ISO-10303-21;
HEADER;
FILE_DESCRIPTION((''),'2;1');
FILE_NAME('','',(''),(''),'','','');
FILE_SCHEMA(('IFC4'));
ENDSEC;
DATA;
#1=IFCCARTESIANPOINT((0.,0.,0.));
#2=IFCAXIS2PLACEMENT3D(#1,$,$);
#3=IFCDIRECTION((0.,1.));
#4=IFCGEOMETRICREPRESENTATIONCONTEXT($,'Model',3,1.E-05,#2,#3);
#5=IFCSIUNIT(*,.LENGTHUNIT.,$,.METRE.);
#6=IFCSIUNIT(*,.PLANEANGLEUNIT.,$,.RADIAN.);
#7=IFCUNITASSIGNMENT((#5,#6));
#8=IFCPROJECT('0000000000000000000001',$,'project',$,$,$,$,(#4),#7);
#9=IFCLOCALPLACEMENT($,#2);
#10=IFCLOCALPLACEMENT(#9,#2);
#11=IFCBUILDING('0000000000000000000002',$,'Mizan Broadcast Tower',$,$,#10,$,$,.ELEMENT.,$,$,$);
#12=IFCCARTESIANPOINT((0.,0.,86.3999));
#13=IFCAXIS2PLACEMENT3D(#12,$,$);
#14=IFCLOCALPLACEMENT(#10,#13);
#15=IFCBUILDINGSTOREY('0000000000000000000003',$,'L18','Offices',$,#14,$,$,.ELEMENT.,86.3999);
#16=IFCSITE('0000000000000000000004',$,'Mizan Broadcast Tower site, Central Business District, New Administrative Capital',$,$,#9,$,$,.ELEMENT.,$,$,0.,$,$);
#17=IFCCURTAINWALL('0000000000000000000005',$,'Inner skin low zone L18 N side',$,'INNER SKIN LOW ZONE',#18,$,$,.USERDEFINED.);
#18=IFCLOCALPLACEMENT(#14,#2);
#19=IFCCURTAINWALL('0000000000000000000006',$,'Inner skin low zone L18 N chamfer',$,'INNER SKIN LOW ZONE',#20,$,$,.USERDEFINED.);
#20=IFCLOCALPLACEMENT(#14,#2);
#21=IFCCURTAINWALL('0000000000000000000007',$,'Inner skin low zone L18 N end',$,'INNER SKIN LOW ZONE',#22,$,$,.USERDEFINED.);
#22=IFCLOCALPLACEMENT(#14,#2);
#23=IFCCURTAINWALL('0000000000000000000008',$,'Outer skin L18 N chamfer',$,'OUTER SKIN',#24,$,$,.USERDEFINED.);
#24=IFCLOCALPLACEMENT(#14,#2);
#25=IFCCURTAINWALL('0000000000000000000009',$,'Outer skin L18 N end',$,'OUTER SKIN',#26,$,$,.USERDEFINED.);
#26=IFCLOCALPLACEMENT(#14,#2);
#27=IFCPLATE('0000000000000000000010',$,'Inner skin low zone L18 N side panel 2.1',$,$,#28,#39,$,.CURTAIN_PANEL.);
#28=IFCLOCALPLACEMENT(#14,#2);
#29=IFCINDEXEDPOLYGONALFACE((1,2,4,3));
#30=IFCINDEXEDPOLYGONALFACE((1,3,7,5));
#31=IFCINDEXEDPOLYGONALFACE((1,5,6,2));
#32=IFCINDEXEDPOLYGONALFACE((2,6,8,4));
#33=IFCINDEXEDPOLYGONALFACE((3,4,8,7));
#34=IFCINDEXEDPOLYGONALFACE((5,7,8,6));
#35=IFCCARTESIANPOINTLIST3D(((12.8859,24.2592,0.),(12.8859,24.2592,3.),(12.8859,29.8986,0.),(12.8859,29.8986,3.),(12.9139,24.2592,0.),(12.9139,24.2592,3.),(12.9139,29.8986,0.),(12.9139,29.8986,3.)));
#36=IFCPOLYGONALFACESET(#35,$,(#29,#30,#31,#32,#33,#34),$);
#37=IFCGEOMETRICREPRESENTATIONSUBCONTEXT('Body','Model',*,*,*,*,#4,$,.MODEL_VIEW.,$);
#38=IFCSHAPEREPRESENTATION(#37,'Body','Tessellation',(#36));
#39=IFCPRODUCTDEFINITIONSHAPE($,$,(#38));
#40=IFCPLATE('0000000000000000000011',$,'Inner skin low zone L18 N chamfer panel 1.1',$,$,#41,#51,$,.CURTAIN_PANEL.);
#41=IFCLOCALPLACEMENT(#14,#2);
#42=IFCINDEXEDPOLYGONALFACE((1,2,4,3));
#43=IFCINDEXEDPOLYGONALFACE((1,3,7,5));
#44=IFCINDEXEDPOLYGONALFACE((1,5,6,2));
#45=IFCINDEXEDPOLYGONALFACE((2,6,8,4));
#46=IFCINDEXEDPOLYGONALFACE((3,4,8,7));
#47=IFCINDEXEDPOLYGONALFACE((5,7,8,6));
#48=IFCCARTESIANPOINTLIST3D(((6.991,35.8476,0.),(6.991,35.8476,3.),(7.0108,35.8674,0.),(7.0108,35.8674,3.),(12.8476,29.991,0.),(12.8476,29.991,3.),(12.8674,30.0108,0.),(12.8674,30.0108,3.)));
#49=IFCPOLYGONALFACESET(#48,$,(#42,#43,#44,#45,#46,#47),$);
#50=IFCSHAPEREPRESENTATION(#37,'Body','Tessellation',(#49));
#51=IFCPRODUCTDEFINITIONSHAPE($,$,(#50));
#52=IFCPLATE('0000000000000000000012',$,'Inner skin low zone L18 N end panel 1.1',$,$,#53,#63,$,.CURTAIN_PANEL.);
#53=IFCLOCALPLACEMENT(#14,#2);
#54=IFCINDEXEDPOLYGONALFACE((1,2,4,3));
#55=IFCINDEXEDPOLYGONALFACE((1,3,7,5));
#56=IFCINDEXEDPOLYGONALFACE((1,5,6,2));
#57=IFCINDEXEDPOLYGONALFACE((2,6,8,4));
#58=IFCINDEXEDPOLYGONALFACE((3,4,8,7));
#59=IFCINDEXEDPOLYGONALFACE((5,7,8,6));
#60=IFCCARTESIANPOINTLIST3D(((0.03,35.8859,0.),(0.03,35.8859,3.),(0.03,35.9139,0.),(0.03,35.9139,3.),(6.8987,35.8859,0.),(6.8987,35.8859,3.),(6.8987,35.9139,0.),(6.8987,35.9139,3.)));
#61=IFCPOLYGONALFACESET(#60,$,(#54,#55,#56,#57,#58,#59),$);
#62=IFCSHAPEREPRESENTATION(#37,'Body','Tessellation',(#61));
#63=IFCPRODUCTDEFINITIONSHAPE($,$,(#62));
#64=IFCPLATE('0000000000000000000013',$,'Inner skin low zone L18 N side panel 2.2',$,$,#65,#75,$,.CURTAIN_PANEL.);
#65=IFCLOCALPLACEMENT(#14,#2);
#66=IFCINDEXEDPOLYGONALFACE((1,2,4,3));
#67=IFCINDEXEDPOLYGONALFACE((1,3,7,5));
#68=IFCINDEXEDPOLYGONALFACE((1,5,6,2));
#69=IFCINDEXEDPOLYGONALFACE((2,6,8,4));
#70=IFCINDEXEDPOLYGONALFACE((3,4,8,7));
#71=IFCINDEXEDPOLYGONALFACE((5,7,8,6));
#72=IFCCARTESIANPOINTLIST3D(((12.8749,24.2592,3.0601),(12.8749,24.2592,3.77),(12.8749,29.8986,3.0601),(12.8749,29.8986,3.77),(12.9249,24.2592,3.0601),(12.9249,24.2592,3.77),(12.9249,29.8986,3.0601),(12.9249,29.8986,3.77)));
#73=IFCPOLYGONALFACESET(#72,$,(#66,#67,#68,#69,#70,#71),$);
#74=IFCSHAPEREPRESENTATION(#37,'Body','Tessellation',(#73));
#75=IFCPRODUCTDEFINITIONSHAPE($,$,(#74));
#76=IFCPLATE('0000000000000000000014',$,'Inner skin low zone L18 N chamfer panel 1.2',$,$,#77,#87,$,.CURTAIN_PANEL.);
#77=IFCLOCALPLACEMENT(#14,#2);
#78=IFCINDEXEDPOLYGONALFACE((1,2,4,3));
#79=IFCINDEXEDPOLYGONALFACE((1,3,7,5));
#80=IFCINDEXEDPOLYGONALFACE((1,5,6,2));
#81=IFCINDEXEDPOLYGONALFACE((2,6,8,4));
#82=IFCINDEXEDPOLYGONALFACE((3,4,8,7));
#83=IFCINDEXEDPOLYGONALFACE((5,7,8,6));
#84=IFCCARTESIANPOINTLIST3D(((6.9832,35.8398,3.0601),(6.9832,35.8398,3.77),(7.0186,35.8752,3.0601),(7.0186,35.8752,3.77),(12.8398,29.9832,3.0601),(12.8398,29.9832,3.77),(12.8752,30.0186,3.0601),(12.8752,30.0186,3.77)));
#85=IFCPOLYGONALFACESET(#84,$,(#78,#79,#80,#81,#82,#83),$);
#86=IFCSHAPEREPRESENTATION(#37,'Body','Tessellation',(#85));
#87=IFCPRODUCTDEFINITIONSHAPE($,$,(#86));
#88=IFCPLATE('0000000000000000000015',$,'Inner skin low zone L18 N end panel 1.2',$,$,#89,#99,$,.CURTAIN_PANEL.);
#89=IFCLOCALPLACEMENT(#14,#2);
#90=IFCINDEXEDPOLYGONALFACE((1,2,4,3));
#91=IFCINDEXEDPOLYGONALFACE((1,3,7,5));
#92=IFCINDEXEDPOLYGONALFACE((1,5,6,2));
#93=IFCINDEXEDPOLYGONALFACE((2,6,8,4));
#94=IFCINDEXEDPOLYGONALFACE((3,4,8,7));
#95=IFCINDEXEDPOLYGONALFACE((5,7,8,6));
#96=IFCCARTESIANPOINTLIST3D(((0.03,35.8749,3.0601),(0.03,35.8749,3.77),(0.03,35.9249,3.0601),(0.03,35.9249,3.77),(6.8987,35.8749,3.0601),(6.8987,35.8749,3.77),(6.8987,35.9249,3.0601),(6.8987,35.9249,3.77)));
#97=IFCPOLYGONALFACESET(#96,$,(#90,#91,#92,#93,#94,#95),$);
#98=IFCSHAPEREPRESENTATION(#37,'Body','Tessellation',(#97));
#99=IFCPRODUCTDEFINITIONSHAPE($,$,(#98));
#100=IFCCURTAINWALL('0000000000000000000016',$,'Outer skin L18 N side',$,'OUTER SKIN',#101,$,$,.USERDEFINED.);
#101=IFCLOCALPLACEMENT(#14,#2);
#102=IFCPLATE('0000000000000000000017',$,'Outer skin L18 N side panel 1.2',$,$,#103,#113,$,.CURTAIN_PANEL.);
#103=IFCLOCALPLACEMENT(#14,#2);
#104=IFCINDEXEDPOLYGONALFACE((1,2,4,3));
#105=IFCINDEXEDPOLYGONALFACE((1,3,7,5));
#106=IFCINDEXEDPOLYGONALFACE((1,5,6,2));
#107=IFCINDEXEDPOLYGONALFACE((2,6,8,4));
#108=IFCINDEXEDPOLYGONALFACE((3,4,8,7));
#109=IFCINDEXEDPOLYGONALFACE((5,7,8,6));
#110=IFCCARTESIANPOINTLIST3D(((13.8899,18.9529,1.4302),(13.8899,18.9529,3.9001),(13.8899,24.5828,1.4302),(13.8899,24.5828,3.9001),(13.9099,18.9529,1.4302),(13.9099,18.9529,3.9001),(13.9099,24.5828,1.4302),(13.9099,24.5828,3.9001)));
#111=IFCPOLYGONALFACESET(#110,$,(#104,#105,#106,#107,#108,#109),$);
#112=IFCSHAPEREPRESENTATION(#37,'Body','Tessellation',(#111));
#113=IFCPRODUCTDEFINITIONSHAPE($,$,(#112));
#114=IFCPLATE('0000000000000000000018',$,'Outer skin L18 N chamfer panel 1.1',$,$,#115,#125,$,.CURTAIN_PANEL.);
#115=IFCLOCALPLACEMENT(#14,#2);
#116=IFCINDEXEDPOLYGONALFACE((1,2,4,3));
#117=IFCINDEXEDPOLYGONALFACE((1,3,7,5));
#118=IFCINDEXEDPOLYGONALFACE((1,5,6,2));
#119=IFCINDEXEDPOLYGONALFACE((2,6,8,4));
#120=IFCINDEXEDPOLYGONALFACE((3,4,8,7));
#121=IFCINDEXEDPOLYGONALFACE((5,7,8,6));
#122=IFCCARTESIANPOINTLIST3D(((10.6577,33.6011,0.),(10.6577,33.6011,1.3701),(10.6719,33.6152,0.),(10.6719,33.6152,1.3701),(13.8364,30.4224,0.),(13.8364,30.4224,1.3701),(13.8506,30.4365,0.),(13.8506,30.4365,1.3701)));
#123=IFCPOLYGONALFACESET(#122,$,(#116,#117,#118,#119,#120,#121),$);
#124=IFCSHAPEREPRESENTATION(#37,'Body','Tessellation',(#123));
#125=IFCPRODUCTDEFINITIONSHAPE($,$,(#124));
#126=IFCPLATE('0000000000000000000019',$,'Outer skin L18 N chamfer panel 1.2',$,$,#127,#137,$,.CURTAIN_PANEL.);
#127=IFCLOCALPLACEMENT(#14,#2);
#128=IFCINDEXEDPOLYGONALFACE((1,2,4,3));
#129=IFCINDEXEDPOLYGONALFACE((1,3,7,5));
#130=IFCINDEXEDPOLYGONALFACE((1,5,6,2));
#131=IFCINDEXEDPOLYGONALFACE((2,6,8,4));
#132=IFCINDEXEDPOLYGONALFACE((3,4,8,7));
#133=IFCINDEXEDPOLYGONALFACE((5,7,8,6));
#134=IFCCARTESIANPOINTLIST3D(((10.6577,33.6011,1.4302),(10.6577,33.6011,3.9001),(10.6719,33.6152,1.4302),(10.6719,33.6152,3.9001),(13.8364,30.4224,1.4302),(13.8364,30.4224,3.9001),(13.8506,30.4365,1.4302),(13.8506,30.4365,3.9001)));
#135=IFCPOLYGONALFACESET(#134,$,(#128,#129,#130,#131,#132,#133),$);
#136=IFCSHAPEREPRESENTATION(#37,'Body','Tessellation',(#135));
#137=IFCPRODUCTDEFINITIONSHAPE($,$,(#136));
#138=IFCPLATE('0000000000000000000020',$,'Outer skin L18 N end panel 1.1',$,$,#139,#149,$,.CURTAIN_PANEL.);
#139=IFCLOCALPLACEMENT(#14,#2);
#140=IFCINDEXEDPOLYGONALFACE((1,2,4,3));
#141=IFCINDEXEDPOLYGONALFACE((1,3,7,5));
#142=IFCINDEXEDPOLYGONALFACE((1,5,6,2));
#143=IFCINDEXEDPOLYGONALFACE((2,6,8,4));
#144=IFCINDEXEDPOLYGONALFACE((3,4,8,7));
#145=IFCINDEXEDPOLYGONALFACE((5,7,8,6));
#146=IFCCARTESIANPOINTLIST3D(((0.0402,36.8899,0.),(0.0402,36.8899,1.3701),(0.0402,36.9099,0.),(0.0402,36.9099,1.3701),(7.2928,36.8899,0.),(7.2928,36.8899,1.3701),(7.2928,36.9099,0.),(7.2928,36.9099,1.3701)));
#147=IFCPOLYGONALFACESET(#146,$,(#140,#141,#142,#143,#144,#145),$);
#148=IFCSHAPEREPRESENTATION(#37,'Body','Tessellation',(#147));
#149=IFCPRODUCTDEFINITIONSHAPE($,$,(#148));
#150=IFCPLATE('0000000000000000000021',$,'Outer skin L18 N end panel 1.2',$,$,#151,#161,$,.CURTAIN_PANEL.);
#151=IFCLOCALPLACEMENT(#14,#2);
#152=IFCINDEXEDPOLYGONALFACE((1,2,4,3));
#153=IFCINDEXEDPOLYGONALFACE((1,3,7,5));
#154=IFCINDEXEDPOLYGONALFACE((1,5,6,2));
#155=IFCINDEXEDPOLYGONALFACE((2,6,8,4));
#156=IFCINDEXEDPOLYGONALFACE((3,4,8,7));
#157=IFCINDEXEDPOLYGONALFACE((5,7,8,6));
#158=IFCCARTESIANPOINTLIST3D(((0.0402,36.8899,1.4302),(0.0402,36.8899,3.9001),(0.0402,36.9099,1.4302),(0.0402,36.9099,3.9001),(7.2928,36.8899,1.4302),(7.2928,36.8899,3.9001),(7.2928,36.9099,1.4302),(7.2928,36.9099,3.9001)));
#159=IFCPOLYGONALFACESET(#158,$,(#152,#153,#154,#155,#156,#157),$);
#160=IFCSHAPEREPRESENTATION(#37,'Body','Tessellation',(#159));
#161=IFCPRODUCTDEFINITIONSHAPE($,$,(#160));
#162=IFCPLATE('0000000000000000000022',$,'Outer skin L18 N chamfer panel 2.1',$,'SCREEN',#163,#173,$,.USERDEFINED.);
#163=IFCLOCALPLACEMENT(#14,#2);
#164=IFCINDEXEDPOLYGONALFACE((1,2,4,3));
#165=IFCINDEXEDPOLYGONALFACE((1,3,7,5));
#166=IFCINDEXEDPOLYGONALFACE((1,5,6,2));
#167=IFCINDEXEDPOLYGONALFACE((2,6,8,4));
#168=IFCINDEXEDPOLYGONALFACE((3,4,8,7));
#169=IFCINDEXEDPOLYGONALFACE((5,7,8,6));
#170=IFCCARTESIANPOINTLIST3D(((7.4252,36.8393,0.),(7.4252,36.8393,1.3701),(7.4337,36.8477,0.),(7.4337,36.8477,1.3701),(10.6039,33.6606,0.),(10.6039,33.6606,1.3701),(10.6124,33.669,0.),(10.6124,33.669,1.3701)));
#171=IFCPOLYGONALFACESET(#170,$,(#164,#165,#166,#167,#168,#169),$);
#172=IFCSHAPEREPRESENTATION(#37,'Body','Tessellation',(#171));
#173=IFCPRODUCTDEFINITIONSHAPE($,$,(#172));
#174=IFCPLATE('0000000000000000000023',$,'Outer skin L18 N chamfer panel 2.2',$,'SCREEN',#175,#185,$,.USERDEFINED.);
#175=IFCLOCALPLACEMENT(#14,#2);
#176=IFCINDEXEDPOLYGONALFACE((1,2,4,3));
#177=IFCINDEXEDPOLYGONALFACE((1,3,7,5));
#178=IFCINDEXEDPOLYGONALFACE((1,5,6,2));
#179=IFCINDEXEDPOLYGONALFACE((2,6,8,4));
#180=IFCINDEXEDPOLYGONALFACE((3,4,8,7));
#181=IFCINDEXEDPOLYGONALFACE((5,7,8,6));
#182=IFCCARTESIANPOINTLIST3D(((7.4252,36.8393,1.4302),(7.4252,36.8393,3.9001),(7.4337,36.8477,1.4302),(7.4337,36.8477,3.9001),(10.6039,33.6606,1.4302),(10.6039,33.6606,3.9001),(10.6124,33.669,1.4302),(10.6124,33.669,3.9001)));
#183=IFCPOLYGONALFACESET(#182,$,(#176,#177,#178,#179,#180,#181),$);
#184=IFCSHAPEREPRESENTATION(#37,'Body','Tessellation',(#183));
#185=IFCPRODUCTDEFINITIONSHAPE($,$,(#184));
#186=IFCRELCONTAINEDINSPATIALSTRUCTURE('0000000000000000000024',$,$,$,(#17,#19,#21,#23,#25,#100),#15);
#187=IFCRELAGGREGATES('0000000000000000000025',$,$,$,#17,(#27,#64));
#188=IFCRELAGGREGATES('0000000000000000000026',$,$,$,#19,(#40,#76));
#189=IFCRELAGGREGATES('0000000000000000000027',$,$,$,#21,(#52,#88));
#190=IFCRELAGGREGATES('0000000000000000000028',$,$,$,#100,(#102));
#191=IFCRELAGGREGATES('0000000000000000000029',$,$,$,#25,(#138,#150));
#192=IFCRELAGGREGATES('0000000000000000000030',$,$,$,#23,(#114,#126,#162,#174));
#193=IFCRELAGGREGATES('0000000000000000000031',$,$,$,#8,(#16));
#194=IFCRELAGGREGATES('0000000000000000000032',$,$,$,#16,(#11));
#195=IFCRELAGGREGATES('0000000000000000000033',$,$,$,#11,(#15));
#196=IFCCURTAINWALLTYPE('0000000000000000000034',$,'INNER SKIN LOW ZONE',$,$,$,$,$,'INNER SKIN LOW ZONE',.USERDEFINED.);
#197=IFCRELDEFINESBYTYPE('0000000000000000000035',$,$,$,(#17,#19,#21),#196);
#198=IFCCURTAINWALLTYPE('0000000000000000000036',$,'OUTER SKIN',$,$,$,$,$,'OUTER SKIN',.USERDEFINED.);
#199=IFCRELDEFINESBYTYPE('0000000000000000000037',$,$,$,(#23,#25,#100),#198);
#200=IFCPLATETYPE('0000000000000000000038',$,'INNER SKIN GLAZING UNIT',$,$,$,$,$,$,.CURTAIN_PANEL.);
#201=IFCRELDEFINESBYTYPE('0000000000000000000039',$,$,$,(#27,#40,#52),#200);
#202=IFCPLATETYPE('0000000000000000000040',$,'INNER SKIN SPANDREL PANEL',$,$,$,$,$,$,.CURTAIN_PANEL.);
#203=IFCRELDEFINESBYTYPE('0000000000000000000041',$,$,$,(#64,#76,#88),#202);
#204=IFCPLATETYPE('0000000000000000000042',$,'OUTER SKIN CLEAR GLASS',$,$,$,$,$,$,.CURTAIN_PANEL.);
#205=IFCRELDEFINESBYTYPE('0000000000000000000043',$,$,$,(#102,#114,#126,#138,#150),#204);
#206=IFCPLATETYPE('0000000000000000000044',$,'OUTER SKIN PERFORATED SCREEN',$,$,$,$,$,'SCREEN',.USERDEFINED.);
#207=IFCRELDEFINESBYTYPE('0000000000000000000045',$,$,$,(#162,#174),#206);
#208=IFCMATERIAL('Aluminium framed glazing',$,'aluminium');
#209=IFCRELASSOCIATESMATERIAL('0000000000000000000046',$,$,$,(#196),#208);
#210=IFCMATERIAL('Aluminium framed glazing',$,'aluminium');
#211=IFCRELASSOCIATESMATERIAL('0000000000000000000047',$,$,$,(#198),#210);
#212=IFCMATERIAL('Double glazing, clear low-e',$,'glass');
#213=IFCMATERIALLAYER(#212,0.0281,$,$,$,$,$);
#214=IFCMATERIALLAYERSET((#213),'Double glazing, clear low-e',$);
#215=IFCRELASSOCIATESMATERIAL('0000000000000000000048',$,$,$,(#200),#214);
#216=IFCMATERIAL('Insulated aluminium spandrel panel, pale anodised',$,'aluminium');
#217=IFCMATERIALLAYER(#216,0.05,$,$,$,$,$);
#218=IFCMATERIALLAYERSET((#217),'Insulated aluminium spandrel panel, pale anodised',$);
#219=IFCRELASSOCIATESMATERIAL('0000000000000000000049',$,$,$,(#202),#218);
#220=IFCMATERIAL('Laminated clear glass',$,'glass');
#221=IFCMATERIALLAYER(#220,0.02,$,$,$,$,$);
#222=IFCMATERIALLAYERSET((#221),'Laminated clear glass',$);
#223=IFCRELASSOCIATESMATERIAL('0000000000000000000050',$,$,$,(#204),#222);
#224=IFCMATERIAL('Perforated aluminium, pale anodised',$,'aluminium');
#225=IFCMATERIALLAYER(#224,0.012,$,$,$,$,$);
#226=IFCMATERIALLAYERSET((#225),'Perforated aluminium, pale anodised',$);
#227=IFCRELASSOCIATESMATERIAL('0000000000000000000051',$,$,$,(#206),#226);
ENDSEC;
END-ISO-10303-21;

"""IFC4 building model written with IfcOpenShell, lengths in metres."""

from ifc_helpers import new_model, si_unit, direction, frame, origin, origin_2d, place, context, subcontext, project, spatial, rectangle, extrude, material, layer, layer_set, type_object, element, aggregate, save


model = new_model("IFC4")

# Units and contexts
model_context = context("Model", 3, precision=1e-05, world=origin(), true_north=direction((0.0, 1.0)))
body_context = subcontext(model_context, "Body", "Model", "MODEL_VIEW")
ifc_project = project(units=[si_unit("LENGTHUNIT", "METRE"), si_unit("PLANEANGLEUNIT", "RADIAN")], contexts=[model_context])

# Site, building, storey
site_placement = place(None, origin())
site = spatial("IfcSite", under=ifc_project, at=site_placement, Name="Mizan Broadcast Tower site, Central Business District, New Administrative Capital", CompositionType="ELEMENT", RefElevation=0.0)
building_placement = place(site_placement, origin())
building = spatial("IfcBuilding", under=site, at=building_placement, Name="Mizan Broadcast Tower", CompositionType="ELEMENT")
storey_placement = place(building_placement, frame((0.0, 0.0, 86.3999)))
storey = spatial("IfcBuildingStorey", under=building, at=storey_placement, Name="L18", Description="Offices", CompositionType="ELEMENT", Elevation=86.3999)

# Curtain wall
ifc_material_1 = material(Name="Aluminium framed glazing", Category="aluminium")
curtain_wall_type_1 = type_object("IfcCurtainWallType", Name="INNER SKIN LOW ZONE", ElementType="INNER SKIN LOW ZONE", PredefinedType="USERDEFINED", material=ifc_material_1)
curtain_wall_1_placement = place(storey_placement, origin())
curtain_wall_1 = element("IfcCurtainWall", 1, at=curtain_wall_1_placement, inside=storey, type_object=curtain_wall_type_1, Name="Inner skin low zone L18 N side", ObjectType="INNER SKIN LOW ZONE", PredefinedType="USERDEFINED")

# Curtain walls
curtain_wall_2_placement = place(storey_placement, origin())
curtain_wall_2 = element("IfcCurtainWall", 2, at=curtain_wall_2_placement, inside=storey, type_object=curtain_wall_type_1, Name="Inner skin low zone L18 N chamfer", ObjectType="INNER SKIN LOW ZONE", PredefinedType="USERDEFINED")
curtain_wall_3_placement = place(storey_placement, origin())
curtain_wall_3 = element("IfcCurtainWall", 3, at=curtain_wall_3_placement, inside=storey, type_object=curtain_wall_type_1, Name="Inner skin low zone L18 N end", ObjectType="INNER SKIN LOW ZONE", PredefinedType="USERDEFINED")

# Curtain wall
ifc_material_2 = material(Name="Aluminium framed glazing", Category="aluminium")
curtain_wall_type_2 = type_object("IfcCurtainWallType", Name="OUTER SKIN", ElementType="OUTER SKIN", PredefinedType="USERDEFINED", material=ifc_material_2)
curtain_wall_4_placement = place(storey_placement, origin())
curtain_wall_4 = element("IfcCurtainWall", 4, at=curtain_wall_4_placement, inside=storey, type_object=curtain_wall_type_2, Name="Outer skin L18 N chamfer", ObjectType="OUTER SKIN", PredefinedType="USERDEFINED")

# Curtain wall
curtain_wall_5_placement = place(storey_placement, origin())
curtain_wall_5 = element("IfcCurtainWall", 5, at=curtain_wall_5_placement, inside=storey, type_object=curtain_wall_type_2, Name="Outer skin L18 N end", ObjectType="OUTER SKIN", PredefinedType="USERDEFINED")

# Plates
ifc_material_3 = material(Name="Double glazing, clear low-e", Category="glass")
ifc_layer_1 = layer(ifc_material_3, 0.0281)
ifc_layer_set_1 = layer_set([ifc_layer_1], Name="Double glazing, clear low-e")
plate_type_1 = type_object("IfcPlateType", Name="INNER SKIN GLAZING UNIT", PredefinedType="CURTAIN_PANEL", material=ifc_layer_set_1)
plate_1_placement = place(storey_placement, frame((12.8999, 27.0789, 0.0), z_axis=(0.0, 0.0, 1.0), x_axis=(0.0, 1.0, 0.0)))
plate_1 = element("IfcPlate", 6, at=plate_1_placement, type_object=plate_type_1, Name="Inner skin low zone L18 N side panel 2.1", PredefinedType="CURTAIN_PANEL", context=body_context, shape_type="SweptSolid", body=[
    extrude(rectangle(XDim=5.6394, YDim=0.0281, at=origin_2d()), origin(), (0.0, 0.0, 1.0), 3.0),
])
plate_2_placement = place(storey_placement, frame((9.9292, 32.9292, 0.0), z_axis=(0.0, 0.0, 1.0), x_axis=(-0.707107, 0.707107, 0.0)))
plate_2 = element("IfcPlate", 7, at=plate_2_placement, type_object=plate_type_1, Name="Inner skin low zone L18 N chamfer panel 1.1", PredefinedType="CURTAIN_PANEL", context=body_context, shape_type="SweptSolid", body=[
    extrude(rectangle(XDim=8.2825, YDim=0.0281, at=origin_2d()), origin(), (0.0, 0.0, 1.0), 3.0),
])
plate_3_placement = place(storey_placement, frame((3.4644, 35.8999, 0.0), z_axis=(0.0, 0.0, 1.0), x_axis=(-1.0, 0.0, 0.0)))
plate_3 = element("IfcPlate", 8, at=plate_3_placement, type_object=plate_type_1, Name="Inner skin low zone L18 N end panel 1.1", PredefinedType="CURTAIN_PANEL", context=body_context, shape_type="SweptSolid", body=[
    extrude(rectangle(XDim=6.8687, YDim=0.0281, at=origin_2d()), origin(), (0.0, 0.0, 1.0), 3.0),
])
ifc_material_4 = material(Name="Insulated aluminium spandrel panel, pale anodised", Category="aluminium")
ifc_layer_2 = layer(ifc_material_4, 0.05)
ifc_layer_set_2 = layer_set([ifc_layer_2], Name="Insulated aluminium spandrel panel, pale anodised")
plate_type_2 = type_object("IfcPlateType", Name="INNER SKIN SPANDREL PANEL", PredefinedType="CURTAIN_PANEL", material=ifc_layer_set_2)
plate_4_placement = place(storey_placement, frame((12.8999, 27.0789, 3.0601), z_axis=(0.0, 0.0, 1.0), x_axis=(0.0, 1.0, 0.0)))
plate_4 = element("IfcPlate", 9, at=plate_4_placement, type_object=plate_type_2, Name="Inner skin low zone L18 N side panel 2.2", PredefinedType="CURTAIN_PANEL", context=body_context, shape_type="SweptSolid", body=[
    extrude(rectangle(XDim=5.6394, YDim=0.05, at=origin_2d()), origin(), (0.0, 0.0, 1.0), 0.71),
])
aggregate(curtain_wall_1, [plate_1, plate_4])
plate_5_placement = place(storey_placement, frame((9.9292, 32.9292, 3.0601), z_axis=(0.0, 0.0, 1.0), x_axis=(-0.707107, 0.707107, 0.0)))
plate_5 = element("IfcPlate", 10, at=plate_5_placement, type_object=plate_type_2, Name="Inner skin low zone L18 N chamfer panel 1.2", PredefinedType="CURTAIN_PANEL", context=body_context, shape_type="SweptSolid", body=[
    extrude(rectangle(XDim=8.2825, YDim=0.05, at=origin_2d()), origin(), (0.0, 0.0, 1.0), 0.71),
])
aggregate(curtain_wall_2, [plate_2, plate_5])
plate_6_placement = place(storey_placement, frame((3.4644, 35.8999, 3.0601), z_axis=(0.0, 0.0, 1.0), x_axis=(-1.0, 0.0, 0.0)))
plate_6 = element("IfcPlate", 11, at=plate_6_placement, type_object=plate_type_2, Name="Inner skin low zone L18 N end panel 1.2", PredefinedType="CURTAIN_PANEL", context=body_context, shape_type="SweptSolid", body=[
    extrude(rectangle(XDim=6.8687, YDim=0.05, at=origin_2d()), origin(), (0.0, 0.0, 1.0), 0.71),
])
aggregate(curtain_wall_3, [plate_3, plate_6])

# Curtain wall, plate
curtain_wall_6_placement = place(storey_placement, origin())
curtain_wall_6 = element("IfcCurtainWall", 12, at=curtain_wall_6_placement, inside=storey, type_object=curtain_wall_type_2, Name="Outer skin L18 N side", ObjectType="OUTER SKIN", PredefinedType="USERDEFINED")
ifc_material_5 = material(Name="Laminated clear glass", Category="glass")
ifc_layer_3 = layer(ifc_material_5, 0.02)
ifc_layer_set_3 = layer_set([ifc_layer_3], Name="Laminated clear glass")
plate_type_3 = type_object("IfcPlateType", Name="OUTER SKIN CLEAR GLASS", PredefinedType="CURTAIN_PANEL", material=ifc_layer_set_3)
plate_7_placement = place(storey_placement, frame((13.8999, 21.7678, 1.4302), z_axis=(0.0, 0.0, 1.0), x_axis=(0.0, 1.0, 0.0)))
plate_7 = element("IfcPlate", 13, at=plate_7_placement, type_object=plate_type_3, Name="Outer skin L18 N side panel 1.2", PredefinedType="CURTAIN_PANEL", context=body_context, shape_type="SweptSolid", body=[
    extrude(rectangle(XDim=5.6299, YDim=0.02, at=origin_2d()), origin(), (0.0, 0.0, 1.0), 2.47),
])
aggregate(curtain_wall_6, [plate_7])

# Plates
plate_8_placement = place(storey_placement, frame((12.2542, 32.0188, 0.0), z_axis=(0.0, 0.0, 1.0), x_axis=(-0.707107, 0.707107, 0.0)))
plate_8 = element("IfcPlate", 14, at=plate_8_placement, type_object=plate_type_3, Name="Outer skin L18 N chamfer panel 1.1", PredefinedType="CURTAIN_PANEL", context=body_context, shape_type="SweptSolid", body=[
    extrude(rectangle(XDim=4.4954, YDim=0.02, at=origin_2d()), origin(), (0.0, 0.0, 1.0), 1.3701),
])
plate_9_placement = place(storey_placement, frame((12.2542, 32.0188, 1.4302), z_axis=(0.0, 0.0, 1.0), x_axis=(-0.707107, 0.707107, 0.0)))
plate_9 = element("IfcPlate", 15, at=plate_9_placement, type_object=plate_type_3, Name="Outer skin L18 N chamfer panel 1.2", PredefinedType="CURTAIN_PANEL", context=body_context, shape_type="SweptSolid", body=[
    extrude(rectangle(XDim=4.4954, YDim=0.02, at=origin_2d()), origin(), (0.0, 0.0, 1.0), 2.47),
])
plate_10_placement = place(storey_placement, frame((3.6665, 36.8999, 0.0), z_axis=(0.0, 0.0, 1.0), x_axis=(-1.0, 0.0, 0.0)))
plate_10 = element("IfcPlate", 16, at=plate_10_placement, type_object=plate_type_3, Name="Outer skin L18 N end panel 1.1", PredefinedType="CURTAIN_PANEL", context=body_context, shape_type="SweptSolid", body=[
    extrude(rectangle(XDim=7.2527, YDim=0.02, at=origin_2d()), origin(), (0.0, 0.0, 1.0), 1.3701),
])
plate_11_placement = place(storey_placement, frame((3.6665, 36.8999, 1.4302), z_axis=(0.0, 0.0, 1.0), x_axis=(-1.0, 0.0, 0.0)))
plate_11 = element("IfcPlate", 17, at=plate_11_placement, type_object=plate_type_3, Name="Outer skin L18 N end panel 1.2", PredefinedType="CURTAIN_PANEL", context=body_context, shape_type="SweptSolid", body=[
    extrude(rectangle(XDim=7.2527, YDim=0.02, at=origin_2d()), origin(), (0.0, 0.0, 1.0), 2.47),
])
aggregate(curtain_wall_5, [plate_10, plate_11])
ifc_material_6 = material(Name="Perforated aluminium, pale anodised", Category="aluminium")
ifc_layer_4 = layer(ifc_material_6, 0.012)
ifc_layer_set_4 = layer_set([ifc_layer_4], Name="Perforated aluminium, pale anodised")
plate_type_4 = type_object("IfcPlateType", Name="OUTER SKIN PERFORATED SCREEN", ElementType="SCREEN", PredefinedType="USERDEFINED", material=ifc_layer_set_4)
plate_12_placement = place(storey_placement, frame((9.0188, 35.2542, 0.0), z_axis=(0.0, 0.0, 1.0), x_axis=(-0.707107, 0.707107, 0.0)))
plate_12 = element("IfcPlate", 18, at=plate_12_placement, type_object=plate_type_4, Name="Outer skin L18 N chamfer panel 2.1", ObjectType="SCREEN", PredefinedType="USERDEFINED", context=body_context, shape_type="SweptSolid", body=[
    extrude(rectangle(XDim=4.4954, YDim=0.012, at=origin_2d()), origin(), (0.0, 0.0, 1.0), 1.3701),
])
plate_13_placement = place(storey_placement, frame((9.0188, 35.2542, 1.4302), z_axis=(0.0, 0.0, 1.0), x_axis=(-0.707107, 0.707107, 0.0)))
plate_13 = element("IfcPlate", 19, at=plate_13_placement, type_object=plate_type_4, Name="Outer skin L18 N chamfer panel 2.2", ObjectType="SCREEN", PredefinedType="USERDEFINED", context=body_context, shape_type="SweptSolid", body=[
    extrude(rectangle(XDim=4.4954, YDim=0.012, at=origin_2d()), origin(), (0.0, 0.0, 1.0), 2.47),
])
aggregate(curtain_wall_4, [plate_8, plate_9, plate_12, plate_13])

save(model, "model.ifc")
